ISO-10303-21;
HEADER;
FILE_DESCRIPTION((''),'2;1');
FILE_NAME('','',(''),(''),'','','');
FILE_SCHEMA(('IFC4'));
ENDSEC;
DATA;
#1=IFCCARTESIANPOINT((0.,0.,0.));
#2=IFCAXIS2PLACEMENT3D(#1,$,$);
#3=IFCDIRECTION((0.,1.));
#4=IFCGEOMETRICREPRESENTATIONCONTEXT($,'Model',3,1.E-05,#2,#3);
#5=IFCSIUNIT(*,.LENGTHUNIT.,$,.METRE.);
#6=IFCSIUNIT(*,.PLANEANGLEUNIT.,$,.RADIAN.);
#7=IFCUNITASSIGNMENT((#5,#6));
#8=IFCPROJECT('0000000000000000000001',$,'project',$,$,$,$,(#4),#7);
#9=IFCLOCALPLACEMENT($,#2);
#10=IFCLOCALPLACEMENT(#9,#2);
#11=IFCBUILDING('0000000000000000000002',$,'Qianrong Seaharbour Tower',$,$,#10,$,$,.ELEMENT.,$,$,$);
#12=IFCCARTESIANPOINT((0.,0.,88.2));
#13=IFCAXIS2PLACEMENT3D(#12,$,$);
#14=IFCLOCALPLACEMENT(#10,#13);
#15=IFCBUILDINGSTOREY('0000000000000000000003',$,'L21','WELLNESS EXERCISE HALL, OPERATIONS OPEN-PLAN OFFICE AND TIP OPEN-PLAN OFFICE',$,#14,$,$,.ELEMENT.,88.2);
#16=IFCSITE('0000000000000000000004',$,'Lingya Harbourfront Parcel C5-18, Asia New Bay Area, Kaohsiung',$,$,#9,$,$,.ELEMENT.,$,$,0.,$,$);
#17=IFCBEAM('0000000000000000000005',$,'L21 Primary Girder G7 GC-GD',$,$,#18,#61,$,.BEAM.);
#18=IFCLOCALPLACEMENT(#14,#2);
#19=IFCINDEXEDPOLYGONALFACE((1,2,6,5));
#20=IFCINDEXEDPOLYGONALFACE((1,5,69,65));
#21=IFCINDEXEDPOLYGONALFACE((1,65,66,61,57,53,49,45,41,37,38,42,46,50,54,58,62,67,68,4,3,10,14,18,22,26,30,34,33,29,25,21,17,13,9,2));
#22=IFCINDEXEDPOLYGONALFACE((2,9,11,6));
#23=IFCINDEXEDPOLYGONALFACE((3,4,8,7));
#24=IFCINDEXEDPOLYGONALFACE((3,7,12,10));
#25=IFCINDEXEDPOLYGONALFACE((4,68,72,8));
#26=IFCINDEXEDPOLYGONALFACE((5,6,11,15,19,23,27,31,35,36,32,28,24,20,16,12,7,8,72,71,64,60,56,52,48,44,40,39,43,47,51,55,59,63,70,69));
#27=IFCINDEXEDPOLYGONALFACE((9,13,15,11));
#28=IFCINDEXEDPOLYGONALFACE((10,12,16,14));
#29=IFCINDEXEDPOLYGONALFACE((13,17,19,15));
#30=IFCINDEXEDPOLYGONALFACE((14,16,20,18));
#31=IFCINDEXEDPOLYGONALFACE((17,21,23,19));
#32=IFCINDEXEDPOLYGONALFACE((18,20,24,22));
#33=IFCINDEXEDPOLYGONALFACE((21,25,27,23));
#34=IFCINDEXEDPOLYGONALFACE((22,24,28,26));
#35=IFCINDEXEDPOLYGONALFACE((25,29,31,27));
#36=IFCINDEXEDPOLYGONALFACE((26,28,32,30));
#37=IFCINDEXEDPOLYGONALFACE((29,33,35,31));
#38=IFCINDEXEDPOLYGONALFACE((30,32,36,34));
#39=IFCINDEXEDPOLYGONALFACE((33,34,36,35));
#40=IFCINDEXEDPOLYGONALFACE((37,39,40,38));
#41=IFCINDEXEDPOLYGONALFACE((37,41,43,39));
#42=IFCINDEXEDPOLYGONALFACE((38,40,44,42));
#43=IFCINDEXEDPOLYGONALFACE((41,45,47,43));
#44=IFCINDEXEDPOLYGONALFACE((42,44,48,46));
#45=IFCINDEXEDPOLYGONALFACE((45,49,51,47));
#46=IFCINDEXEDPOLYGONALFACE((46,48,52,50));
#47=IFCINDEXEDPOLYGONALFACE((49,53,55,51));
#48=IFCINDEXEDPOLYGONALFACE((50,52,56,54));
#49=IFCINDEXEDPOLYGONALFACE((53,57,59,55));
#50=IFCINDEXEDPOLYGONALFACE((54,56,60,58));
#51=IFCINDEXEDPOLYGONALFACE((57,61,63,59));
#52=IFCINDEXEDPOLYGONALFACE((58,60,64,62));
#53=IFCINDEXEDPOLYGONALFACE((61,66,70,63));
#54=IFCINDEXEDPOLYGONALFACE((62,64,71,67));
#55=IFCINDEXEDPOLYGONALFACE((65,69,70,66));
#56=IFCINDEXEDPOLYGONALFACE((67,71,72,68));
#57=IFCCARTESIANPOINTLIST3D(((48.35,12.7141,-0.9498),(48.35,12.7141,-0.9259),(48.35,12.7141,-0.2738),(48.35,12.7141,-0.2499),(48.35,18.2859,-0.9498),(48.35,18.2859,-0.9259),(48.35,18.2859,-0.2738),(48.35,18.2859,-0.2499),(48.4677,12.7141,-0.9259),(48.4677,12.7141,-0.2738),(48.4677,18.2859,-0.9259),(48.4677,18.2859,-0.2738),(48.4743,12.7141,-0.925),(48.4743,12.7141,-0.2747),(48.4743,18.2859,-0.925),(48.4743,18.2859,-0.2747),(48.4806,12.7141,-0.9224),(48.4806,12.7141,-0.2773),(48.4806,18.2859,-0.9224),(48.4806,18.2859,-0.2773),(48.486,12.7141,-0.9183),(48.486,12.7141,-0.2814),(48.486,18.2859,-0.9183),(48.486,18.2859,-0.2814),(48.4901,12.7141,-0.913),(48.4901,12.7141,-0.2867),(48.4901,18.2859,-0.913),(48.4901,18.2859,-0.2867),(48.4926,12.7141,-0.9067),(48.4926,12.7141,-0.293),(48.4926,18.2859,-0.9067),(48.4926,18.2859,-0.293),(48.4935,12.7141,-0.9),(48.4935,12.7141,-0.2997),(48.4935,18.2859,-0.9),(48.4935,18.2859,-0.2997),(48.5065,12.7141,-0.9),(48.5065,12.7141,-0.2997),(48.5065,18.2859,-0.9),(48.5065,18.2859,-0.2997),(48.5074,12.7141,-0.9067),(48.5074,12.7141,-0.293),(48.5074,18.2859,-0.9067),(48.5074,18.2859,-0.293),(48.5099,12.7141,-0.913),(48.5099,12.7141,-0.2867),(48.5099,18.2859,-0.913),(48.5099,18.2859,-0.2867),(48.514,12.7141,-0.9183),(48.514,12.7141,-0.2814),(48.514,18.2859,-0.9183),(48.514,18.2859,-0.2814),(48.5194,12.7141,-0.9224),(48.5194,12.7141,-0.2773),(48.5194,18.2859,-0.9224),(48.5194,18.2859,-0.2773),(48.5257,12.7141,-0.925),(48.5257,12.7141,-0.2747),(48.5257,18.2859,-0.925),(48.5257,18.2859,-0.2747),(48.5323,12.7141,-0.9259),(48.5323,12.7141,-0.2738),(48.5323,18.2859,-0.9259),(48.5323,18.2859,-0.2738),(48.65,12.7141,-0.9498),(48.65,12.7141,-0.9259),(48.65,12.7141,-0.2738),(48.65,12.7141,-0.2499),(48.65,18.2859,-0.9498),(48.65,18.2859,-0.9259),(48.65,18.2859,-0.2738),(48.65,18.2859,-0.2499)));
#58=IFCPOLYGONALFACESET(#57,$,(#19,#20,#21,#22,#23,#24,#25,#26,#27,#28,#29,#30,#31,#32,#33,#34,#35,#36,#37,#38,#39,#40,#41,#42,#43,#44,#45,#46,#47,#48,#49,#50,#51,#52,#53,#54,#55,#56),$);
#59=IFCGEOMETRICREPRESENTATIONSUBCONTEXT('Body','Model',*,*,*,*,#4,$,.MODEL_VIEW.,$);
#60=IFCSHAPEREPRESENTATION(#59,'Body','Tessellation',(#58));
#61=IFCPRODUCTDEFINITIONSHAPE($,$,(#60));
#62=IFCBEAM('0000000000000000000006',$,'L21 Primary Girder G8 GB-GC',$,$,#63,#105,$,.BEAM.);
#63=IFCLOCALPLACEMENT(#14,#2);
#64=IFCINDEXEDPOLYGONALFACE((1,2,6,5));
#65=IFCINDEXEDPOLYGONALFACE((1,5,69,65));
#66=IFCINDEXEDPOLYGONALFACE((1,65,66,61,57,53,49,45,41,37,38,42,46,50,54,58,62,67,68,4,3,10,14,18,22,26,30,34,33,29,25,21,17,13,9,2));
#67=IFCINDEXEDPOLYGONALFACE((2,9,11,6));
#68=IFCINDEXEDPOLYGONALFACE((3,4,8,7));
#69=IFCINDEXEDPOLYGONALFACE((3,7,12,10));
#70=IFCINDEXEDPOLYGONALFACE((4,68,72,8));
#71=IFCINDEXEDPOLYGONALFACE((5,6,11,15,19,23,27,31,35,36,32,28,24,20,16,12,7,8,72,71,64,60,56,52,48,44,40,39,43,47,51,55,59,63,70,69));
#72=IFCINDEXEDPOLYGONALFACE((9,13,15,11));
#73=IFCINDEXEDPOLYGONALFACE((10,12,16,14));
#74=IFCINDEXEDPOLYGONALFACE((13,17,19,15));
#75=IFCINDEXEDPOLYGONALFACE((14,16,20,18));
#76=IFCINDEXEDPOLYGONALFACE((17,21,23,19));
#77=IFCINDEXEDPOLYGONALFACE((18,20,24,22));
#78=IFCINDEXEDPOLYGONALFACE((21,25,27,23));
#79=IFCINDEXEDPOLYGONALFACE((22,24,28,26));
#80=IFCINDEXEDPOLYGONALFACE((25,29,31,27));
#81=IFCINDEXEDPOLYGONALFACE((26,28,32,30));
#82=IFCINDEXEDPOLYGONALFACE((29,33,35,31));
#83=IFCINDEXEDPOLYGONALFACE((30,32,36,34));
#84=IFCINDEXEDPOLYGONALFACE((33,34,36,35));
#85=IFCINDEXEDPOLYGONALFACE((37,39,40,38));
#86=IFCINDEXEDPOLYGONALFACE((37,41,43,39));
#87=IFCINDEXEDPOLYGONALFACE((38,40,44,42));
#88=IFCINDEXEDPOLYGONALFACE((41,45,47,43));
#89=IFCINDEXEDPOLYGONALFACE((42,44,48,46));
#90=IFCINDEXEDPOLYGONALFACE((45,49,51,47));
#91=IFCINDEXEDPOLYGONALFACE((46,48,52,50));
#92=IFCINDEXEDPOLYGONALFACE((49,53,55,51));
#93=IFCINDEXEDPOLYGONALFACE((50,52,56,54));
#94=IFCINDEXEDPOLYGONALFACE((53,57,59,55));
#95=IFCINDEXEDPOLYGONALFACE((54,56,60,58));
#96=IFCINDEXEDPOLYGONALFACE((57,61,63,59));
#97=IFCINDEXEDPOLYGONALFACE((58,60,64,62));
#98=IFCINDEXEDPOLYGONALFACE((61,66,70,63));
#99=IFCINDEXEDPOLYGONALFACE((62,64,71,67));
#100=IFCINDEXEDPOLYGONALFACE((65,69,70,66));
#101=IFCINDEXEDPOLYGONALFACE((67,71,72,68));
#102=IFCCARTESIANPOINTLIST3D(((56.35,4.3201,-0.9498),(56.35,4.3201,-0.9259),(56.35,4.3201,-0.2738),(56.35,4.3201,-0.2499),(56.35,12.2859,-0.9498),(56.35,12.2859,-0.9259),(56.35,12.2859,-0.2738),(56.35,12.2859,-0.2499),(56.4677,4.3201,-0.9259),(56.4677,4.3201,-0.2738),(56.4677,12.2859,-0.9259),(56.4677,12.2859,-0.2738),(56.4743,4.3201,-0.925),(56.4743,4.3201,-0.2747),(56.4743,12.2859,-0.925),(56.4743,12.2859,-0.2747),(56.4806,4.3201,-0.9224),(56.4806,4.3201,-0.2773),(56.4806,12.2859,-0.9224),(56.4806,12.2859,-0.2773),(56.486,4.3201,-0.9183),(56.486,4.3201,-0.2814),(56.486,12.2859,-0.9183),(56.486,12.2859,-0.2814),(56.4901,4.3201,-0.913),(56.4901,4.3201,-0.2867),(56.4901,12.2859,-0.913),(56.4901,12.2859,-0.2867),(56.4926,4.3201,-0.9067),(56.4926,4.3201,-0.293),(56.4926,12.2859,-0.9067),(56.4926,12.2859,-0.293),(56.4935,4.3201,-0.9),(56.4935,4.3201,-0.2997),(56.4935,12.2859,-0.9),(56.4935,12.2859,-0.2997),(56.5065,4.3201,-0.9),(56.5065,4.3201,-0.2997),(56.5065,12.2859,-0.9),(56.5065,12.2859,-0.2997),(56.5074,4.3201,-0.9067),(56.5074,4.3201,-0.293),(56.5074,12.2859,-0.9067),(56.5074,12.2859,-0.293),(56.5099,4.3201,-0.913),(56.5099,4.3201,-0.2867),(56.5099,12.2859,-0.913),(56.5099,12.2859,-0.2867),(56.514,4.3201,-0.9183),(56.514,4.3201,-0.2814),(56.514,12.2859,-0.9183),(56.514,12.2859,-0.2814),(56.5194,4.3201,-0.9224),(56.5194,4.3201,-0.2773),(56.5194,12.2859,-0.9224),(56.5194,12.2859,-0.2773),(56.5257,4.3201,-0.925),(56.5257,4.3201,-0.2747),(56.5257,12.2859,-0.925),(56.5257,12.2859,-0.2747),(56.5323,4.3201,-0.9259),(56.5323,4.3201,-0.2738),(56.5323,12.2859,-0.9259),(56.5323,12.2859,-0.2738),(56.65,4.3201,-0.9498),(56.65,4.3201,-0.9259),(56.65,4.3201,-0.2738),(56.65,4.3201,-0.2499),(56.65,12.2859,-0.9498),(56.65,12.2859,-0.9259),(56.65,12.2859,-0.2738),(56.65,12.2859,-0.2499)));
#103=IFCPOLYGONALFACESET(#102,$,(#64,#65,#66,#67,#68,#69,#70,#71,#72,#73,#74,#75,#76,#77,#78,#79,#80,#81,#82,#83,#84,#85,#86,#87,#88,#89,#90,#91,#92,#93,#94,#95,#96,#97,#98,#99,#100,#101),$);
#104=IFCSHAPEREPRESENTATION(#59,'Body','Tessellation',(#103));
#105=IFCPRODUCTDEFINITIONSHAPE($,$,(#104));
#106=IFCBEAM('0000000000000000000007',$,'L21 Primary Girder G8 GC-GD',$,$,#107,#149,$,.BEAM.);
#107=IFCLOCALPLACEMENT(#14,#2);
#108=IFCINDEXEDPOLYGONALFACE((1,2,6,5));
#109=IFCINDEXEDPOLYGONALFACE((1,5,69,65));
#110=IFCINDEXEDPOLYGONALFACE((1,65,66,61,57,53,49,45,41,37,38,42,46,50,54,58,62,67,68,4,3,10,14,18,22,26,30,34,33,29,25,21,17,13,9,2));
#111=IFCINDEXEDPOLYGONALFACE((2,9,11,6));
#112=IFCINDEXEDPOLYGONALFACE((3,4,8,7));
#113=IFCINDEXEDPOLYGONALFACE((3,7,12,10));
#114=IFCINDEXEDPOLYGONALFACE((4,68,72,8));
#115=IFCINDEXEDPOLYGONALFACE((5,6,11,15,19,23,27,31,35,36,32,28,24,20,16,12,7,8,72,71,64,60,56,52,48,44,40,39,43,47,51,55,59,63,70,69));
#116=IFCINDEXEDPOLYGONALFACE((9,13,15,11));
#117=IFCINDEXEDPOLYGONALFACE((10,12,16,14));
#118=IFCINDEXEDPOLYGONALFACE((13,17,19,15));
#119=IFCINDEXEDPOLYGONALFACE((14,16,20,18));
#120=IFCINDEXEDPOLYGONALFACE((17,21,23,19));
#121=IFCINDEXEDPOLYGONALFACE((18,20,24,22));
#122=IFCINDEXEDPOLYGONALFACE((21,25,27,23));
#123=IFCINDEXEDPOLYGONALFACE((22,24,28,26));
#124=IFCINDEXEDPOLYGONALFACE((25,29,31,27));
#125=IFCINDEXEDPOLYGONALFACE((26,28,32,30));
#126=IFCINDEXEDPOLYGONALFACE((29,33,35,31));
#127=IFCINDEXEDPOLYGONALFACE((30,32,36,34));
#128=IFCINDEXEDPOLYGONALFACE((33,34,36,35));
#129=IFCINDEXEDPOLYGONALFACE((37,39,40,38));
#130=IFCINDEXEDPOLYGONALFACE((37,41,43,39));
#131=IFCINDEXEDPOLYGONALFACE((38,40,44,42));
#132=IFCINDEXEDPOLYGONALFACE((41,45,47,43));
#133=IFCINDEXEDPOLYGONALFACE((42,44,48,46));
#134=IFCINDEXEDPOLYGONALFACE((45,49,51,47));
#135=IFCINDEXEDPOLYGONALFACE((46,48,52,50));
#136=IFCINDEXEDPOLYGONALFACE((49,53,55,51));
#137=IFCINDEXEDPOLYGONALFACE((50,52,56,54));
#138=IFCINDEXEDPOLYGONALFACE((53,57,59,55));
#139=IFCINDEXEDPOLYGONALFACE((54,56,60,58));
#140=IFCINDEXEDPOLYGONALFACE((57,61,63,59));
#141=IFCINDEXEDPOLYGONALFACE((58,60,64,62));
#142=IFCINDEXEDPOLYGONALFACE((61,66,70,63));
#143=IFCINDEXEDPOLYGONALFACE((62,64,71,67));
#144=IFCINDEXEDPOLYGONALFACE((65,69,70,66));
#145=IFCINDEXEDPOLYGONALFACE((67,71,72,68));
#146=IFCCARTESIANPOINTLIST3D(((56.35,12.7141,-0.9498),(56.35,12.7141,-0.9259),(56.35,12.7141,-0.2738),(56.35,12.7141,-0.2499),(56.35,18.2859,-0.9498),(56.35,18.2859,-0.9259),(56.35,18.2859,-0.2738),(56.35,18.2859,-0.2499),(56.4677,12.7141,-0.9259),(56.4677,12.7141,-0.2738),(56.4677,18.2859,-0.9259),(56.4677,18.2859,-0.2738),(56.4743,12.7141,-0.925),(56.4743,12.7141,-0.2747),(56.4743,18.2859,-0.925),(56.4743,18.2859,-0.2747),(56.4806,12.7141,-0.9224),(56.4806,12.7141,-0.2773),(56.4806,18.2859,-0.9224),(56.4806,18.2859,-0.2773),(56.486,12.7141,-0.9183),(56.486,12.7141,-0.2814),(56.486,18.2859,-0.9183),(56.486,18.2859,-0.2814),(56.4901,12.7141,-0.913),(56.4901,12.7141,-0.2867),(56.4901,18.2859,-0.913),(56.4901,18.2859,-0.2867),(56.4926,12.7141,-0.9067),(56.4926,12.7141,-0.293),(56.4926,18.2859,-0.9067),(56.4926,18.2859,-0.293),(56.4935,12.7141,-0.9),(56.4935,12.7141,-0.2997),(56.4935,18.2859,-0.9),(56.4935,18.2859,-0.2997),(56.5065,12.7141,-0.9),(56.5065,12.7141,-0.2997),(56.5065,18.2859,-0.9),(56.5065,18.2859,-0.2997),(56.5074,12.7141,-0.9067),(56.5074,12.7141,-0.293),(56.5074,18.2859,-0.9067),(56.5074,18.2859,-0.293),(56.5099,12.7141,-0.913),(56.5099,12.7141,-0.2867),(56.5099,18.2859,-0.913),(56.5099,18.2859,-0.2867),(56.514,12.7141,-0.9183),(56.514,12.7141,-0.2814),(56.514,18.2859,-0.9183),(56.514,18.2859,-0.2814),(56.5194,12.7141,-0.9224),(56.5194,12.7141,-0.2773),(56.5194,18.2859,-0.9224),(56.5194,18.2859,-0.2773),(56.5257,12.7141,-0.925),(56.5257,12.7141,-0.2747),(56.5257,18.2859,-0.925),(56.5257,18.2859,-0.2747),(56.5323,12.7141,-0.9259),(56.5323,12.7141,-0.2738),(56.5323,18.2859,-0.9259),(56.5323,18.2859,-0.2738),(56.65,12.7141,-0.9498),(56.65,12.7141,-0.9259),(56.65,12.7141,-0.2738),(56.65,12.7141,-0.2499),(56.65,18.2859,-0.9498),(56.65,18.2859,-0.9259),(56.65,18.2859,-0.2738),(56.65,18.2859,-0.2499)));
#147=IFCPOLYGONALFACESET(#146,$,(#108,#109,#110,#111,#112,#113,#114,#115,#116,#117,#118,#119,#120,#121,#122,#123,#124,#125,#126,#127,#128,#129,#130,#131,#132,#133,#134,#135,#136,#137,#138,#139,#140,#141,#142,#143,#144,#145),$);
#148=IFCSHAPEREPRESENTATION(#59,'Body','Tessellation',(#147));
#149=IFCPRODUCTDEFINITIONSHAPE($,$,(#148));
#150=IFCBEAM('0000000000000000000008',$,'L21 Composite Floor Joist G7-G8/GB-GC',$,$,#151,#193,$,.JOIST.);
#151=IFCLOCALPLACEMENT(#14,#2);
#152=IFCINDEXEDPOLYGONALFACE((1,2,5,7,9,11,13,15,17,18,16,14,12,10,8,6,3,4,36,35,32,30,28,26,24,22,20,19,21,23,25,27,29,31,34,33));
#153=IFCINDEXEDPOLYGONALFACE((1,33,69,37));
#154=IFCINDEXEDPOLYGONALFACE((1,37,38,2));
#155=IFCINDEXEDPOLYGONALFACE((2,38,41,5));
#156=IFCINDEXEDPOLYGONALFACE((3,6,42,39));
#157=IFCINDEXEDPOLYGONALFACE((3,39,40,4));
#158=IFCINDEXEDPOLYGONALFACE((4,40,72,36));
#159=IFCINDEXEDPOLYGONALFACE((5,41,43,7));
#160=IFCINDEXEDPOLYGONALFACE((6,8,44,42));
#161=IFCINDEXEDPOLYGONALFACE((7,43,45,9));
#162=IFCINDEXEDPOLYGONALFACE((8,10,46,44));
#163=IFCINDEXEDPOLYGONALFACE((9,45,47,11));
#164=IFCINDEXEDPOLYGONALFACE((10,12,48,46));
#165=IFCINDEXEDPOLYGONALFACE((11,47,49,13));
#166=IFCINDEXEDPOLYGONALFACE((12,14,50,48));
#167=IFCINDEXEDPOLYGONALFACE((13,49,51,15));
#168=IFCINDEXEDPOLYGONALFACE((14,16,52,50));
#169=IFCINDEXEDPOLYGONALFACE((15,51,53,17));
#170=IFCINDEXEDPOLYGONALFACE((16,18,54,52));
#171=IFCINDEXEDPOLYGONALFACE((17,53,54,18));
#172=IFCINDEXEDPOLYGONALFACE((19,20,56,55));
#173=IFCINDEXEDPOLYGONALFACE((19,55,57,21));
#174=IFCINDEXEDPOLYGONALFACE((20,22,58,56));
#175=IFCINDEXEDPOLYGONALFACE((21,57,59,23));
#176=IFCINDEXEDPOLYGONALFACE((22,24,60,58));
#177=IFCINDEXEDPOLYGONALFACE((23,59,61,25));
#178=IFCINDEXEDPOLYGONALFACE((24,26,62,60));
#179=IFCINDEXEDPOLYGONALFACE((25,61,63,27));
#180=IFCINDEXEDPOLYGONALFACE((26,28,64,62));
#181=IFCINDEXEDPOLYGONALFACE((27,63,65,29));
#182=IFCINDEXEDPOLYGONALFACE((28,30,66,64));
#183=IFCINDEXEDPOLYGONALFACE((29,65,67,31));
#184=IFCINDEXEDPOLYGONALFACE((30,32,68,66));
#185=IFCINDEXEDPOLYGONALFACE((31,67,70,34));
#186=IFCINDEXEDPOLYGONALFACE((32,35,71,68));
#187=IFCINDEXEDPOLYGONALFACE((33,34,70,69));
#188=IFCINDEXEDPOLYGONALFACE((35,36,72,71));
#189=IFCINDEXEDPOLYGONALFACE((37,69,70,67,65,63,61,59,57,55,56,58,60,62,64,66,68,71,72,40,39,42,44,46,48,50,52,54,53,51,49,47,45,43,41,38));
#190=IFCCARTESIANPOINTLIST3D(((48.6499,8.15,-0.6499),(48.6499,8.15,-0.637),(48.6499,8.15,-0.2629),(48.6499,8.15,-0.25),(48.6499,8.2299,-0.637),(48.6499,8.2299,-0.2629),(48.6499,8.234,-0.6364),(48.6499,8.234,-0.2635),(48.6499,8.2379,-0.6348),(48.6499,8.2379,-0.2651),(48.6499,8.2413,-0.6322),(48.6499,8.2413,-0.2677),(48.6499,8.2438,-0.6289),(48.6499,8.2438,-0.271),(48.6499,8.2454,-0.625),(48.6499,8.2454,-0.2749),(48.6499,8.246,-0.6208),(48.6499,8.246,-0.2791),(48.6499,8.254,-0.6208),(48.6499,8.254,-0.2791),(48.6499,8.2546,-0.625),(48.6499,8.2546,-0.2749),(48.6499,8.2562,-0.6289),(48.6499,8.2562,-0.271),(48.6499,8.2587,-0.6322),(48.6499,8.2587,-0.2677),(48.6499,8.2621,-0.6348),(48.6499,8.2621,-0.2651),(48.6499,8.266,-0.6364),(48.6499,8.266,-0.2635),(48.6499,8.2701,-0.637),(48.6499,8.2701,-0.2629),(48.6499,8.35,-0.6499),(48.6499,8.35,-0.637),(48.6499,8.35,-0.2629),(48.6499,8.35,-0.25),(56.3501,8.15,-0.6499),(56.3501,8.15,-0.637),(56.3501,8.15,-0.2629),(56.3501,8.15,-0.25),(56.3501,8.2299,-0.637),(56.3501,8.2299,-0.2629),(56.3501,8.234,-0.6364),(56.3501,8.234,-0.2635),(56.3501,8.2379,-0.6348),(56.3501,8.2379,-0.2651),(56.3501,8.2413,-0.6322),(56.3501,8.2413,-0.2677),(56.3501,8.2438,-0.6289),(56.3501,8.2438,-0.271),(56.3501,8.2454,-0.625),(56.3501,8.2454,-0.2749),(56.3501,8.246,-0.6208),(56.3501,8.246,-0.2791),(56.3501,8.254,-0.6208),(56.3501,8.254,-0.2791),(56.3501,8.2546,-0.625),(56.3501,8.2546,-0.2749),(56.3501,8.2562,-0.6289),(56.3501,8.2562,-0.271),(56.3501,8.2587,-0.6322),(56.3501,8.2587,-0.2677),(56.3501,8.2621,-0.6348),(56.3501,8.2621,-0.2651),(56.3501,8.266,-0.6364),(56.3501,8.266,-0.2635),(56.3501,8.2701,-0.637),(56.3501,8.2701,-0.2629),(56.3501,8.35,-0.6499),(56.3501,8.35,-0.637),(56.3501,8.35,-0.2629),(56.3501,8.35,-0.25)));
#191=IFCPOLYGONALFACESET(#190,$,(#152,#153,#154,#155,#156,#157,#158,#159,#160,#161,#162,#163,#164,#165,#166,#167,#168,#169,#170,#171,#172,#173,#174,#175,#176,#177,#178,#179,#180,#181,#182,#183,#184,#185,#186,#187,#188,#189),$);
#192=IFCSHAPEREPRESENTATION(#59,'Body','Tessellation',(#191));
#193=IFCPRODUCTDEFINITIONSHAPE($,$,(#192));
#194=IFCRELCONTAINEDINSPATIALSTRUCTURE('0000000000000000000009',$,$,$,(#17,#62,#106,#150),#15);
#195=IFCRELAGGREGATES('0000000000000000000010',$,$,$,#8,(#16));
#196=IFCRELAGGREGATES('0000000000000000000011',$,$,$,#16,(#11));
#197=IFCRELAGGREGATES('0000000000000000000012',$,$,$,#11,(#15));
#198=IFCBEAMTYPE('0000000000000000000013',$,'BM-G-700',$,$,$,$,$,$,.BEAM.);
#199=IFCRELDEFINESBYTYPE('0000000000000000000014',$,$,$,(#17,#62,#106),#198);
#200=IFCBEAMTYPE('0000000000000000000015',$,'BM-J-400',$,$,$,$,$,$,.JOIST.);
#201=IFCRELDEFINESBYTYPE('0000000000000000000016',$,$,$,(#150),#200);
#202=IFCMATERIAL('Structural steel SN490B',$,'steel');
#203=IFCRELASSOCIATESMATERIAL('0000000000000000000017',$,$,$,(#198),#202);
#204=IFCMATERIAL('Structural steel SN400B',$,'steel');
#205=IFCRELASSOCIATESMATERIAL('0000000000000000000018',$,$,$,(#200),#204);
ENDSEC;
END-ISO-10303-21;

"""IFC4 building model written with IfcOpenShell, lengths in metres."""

from ifc_helpers import new_model, si_unit, direction, frame, origin, origin_2d, place, context, subcontext, project, spatial, i_section, extrude, material, material_profile, profile_set, type_object, element, save


model = new_model("IFC4")

# Units and contexts
model_context = context("Model", 3, precision=1e-05, world=origin(), true_north=direction((0.0, 1.0)))
body_context = subcontext(model_context, "Body", "Model", "MODEL_VIEW")
ifc_project = project(units=[si_unit("LENGTHUNIT", "METRE"), si_unit("PLANEANGLEUNIT", "RADIAN")], contexts=[model_context])

# Site, building, storey
site_placement = place(None, origin())
site = spatial("IfcSite", under=ifc_project, at=site_placement, Name="Lingya Harbourfront Parcel C5-18, Asia New Bay Area, Kaohsiung", CompositionType="ELEMENT", RefElevation=0.0)
building_placement = place(site_placement, origin())
building = spatial("IfcBuilding", under=site, at=building_placement, Name="Qianrong Seaharbour Tower", CompositionType="ELEMENT")
storey_placement = place(building_placement, frame((0.0, 0.0, 88.2)))
storey = spatial("IfcBuildingStorey", under=building, at=storey_placement, Name="L21", Description="WELLNESS EXERCISE HALL, OPERATIONS OPEN-PLAN OFFICE AND TIP OPEN-PLAN OFFICE", CompositionType="ELEMENT", Elevation=88.2)

# Shared definitions
ifc_material_1 = material(Name="Structural steel SN490B", Category="steel")

# Beams
ifc_material_profile_1 = material_profile(ifc_material_1, i_section(OverallWidth=0.3, OverallDepth=0.7, WebThickness=0.0129, FlangeThickness=0.0239, FilletRadius=0.0259, at=origin_2d()), Name="H700x300x13x24")
ifc_profile_set_1 = profile_set([ifc_material_profile_1], Name="Structural steel SN490B")
beam_type_1 = type_object("IfcBeamType", Name="BM-G-700", PredefinedType="BEAM", material=ifc_profile_set_1)
beam_1_placement = place(storey_placement, frame((48.5, 12.7141, -0.5999), z_axis=(0.0, 1.0, 0.0), x_axis=(-1.0, 0.0, 0.0)))
element("IfcBeam", 1, at=beam_1_placement, inside=storey, type_object=beam_type_1, Name="L21 Primary Girder G7 GC-GD", PredefinedType="BEAM", context=body_context, shape_type="SweptSolid", body=[
    extrude(i_section(OverallWidth=0.3, OverallDepth=0.7, WebThickness=0.0129, FlangeThickness=0.0239, FilletRadius=0.0259, at=origin_2d()), origin(), (0.0, 0.0, 1.0), 5.5718),
])
beam_2_placement = place(storey_placement, frame((56.5, 4.3201, -0.5999), z_axis=(0.0, 1.0, 0.0), x_axis=(-1.0, 0.0, 0.0)))
element("IfcBeam", 2, at=beam_2_placement, inside=storey, type_object=beam_type_1, Name="L21 Primary Girder G8 GB-GC", PredefinedType="BEAM", context=body_context, shape_type="SweptSolid", body=[
    extrude(i_section(OverallWidth=0.3, OverallDepth=0.7, WebThickness=0.0129, FlangeThickness=0.0239, FilletRadius=0.0259, at=origin_2d()), origin(), (0.0, 0.0, 1.0), 7.9658),
])
beam_3_placement = place(storey_placement, frame((56.5, 12.7141, -0.5999), z_axis=(0.0, 1.0, 0.0), x_axis=(-1.0, 0.0, 0.0)))
element("IfcBeam", 3, at=beam_3_placement, inside=storey, type_object=beam_type_1, Name="L21 Primary Girder G8 GC-GD", PredefinedType="BEAM", context=body_context, shape_type="SweptSolid", body=[
    extrude(i_section(OverallWidth=0.3, OverallDepth=0.7, WebThickness=0.0129, FlangeThickness=0.0239, FilletRadius=0.0259, at=origin_2d()), origin(), (0.0, 0.0, 1.0), 5.5718),
])
ifc_material_2 = material(Name="Structural steel SN400B", Category="steel")
ifc_material_profile_2 = material_profile(ifc_material_2, i_section(OverallWidth=0.2, OverallDepth=0.3999, WebThickness=0.0081, FlangeThickness=0.0129, FilletRadius=0.0161, at=origin_2d()), Name="H400x200x8x13")
ifc_profile_set_2 = profile_set([ifc_material_profile_2], Name="Structural steel SN400B")
beam_type_2 = type_object("IfcBeamType", Name="BM-J-400", PredefinedType="JOIST", material=ifc_profile_set_2)
for number, where, z_axis, x_axis, name in (
    (4, (48.6499, 8.25, -0.45), (1.0, 0.0, 0.0), (0.0, 1.0, 0.0), "L21 Composite Floor Joist G7-G8/GB-GC"),
):
    element("IfcBeam", number, at=place(storey_placement, frame(where, z_axis=z_axis, x_axis=x_axis)), inside=storey, type_object=beam_type_2, Name=name, PredefinedType="JOIST", context=body_context, shape_type="SweptSolid", body=[
        extrude(i_section(OverallWidth=0.2, OverallDepth=0.3999, WebThickness=0.0081, FlangeThickness=0.0129, FilletRadius=0.0161, at=origin_2d()), origin(), (0.0, 0.0, 1.0), 7.7002),
    ])

save(model, "model.ifc")
